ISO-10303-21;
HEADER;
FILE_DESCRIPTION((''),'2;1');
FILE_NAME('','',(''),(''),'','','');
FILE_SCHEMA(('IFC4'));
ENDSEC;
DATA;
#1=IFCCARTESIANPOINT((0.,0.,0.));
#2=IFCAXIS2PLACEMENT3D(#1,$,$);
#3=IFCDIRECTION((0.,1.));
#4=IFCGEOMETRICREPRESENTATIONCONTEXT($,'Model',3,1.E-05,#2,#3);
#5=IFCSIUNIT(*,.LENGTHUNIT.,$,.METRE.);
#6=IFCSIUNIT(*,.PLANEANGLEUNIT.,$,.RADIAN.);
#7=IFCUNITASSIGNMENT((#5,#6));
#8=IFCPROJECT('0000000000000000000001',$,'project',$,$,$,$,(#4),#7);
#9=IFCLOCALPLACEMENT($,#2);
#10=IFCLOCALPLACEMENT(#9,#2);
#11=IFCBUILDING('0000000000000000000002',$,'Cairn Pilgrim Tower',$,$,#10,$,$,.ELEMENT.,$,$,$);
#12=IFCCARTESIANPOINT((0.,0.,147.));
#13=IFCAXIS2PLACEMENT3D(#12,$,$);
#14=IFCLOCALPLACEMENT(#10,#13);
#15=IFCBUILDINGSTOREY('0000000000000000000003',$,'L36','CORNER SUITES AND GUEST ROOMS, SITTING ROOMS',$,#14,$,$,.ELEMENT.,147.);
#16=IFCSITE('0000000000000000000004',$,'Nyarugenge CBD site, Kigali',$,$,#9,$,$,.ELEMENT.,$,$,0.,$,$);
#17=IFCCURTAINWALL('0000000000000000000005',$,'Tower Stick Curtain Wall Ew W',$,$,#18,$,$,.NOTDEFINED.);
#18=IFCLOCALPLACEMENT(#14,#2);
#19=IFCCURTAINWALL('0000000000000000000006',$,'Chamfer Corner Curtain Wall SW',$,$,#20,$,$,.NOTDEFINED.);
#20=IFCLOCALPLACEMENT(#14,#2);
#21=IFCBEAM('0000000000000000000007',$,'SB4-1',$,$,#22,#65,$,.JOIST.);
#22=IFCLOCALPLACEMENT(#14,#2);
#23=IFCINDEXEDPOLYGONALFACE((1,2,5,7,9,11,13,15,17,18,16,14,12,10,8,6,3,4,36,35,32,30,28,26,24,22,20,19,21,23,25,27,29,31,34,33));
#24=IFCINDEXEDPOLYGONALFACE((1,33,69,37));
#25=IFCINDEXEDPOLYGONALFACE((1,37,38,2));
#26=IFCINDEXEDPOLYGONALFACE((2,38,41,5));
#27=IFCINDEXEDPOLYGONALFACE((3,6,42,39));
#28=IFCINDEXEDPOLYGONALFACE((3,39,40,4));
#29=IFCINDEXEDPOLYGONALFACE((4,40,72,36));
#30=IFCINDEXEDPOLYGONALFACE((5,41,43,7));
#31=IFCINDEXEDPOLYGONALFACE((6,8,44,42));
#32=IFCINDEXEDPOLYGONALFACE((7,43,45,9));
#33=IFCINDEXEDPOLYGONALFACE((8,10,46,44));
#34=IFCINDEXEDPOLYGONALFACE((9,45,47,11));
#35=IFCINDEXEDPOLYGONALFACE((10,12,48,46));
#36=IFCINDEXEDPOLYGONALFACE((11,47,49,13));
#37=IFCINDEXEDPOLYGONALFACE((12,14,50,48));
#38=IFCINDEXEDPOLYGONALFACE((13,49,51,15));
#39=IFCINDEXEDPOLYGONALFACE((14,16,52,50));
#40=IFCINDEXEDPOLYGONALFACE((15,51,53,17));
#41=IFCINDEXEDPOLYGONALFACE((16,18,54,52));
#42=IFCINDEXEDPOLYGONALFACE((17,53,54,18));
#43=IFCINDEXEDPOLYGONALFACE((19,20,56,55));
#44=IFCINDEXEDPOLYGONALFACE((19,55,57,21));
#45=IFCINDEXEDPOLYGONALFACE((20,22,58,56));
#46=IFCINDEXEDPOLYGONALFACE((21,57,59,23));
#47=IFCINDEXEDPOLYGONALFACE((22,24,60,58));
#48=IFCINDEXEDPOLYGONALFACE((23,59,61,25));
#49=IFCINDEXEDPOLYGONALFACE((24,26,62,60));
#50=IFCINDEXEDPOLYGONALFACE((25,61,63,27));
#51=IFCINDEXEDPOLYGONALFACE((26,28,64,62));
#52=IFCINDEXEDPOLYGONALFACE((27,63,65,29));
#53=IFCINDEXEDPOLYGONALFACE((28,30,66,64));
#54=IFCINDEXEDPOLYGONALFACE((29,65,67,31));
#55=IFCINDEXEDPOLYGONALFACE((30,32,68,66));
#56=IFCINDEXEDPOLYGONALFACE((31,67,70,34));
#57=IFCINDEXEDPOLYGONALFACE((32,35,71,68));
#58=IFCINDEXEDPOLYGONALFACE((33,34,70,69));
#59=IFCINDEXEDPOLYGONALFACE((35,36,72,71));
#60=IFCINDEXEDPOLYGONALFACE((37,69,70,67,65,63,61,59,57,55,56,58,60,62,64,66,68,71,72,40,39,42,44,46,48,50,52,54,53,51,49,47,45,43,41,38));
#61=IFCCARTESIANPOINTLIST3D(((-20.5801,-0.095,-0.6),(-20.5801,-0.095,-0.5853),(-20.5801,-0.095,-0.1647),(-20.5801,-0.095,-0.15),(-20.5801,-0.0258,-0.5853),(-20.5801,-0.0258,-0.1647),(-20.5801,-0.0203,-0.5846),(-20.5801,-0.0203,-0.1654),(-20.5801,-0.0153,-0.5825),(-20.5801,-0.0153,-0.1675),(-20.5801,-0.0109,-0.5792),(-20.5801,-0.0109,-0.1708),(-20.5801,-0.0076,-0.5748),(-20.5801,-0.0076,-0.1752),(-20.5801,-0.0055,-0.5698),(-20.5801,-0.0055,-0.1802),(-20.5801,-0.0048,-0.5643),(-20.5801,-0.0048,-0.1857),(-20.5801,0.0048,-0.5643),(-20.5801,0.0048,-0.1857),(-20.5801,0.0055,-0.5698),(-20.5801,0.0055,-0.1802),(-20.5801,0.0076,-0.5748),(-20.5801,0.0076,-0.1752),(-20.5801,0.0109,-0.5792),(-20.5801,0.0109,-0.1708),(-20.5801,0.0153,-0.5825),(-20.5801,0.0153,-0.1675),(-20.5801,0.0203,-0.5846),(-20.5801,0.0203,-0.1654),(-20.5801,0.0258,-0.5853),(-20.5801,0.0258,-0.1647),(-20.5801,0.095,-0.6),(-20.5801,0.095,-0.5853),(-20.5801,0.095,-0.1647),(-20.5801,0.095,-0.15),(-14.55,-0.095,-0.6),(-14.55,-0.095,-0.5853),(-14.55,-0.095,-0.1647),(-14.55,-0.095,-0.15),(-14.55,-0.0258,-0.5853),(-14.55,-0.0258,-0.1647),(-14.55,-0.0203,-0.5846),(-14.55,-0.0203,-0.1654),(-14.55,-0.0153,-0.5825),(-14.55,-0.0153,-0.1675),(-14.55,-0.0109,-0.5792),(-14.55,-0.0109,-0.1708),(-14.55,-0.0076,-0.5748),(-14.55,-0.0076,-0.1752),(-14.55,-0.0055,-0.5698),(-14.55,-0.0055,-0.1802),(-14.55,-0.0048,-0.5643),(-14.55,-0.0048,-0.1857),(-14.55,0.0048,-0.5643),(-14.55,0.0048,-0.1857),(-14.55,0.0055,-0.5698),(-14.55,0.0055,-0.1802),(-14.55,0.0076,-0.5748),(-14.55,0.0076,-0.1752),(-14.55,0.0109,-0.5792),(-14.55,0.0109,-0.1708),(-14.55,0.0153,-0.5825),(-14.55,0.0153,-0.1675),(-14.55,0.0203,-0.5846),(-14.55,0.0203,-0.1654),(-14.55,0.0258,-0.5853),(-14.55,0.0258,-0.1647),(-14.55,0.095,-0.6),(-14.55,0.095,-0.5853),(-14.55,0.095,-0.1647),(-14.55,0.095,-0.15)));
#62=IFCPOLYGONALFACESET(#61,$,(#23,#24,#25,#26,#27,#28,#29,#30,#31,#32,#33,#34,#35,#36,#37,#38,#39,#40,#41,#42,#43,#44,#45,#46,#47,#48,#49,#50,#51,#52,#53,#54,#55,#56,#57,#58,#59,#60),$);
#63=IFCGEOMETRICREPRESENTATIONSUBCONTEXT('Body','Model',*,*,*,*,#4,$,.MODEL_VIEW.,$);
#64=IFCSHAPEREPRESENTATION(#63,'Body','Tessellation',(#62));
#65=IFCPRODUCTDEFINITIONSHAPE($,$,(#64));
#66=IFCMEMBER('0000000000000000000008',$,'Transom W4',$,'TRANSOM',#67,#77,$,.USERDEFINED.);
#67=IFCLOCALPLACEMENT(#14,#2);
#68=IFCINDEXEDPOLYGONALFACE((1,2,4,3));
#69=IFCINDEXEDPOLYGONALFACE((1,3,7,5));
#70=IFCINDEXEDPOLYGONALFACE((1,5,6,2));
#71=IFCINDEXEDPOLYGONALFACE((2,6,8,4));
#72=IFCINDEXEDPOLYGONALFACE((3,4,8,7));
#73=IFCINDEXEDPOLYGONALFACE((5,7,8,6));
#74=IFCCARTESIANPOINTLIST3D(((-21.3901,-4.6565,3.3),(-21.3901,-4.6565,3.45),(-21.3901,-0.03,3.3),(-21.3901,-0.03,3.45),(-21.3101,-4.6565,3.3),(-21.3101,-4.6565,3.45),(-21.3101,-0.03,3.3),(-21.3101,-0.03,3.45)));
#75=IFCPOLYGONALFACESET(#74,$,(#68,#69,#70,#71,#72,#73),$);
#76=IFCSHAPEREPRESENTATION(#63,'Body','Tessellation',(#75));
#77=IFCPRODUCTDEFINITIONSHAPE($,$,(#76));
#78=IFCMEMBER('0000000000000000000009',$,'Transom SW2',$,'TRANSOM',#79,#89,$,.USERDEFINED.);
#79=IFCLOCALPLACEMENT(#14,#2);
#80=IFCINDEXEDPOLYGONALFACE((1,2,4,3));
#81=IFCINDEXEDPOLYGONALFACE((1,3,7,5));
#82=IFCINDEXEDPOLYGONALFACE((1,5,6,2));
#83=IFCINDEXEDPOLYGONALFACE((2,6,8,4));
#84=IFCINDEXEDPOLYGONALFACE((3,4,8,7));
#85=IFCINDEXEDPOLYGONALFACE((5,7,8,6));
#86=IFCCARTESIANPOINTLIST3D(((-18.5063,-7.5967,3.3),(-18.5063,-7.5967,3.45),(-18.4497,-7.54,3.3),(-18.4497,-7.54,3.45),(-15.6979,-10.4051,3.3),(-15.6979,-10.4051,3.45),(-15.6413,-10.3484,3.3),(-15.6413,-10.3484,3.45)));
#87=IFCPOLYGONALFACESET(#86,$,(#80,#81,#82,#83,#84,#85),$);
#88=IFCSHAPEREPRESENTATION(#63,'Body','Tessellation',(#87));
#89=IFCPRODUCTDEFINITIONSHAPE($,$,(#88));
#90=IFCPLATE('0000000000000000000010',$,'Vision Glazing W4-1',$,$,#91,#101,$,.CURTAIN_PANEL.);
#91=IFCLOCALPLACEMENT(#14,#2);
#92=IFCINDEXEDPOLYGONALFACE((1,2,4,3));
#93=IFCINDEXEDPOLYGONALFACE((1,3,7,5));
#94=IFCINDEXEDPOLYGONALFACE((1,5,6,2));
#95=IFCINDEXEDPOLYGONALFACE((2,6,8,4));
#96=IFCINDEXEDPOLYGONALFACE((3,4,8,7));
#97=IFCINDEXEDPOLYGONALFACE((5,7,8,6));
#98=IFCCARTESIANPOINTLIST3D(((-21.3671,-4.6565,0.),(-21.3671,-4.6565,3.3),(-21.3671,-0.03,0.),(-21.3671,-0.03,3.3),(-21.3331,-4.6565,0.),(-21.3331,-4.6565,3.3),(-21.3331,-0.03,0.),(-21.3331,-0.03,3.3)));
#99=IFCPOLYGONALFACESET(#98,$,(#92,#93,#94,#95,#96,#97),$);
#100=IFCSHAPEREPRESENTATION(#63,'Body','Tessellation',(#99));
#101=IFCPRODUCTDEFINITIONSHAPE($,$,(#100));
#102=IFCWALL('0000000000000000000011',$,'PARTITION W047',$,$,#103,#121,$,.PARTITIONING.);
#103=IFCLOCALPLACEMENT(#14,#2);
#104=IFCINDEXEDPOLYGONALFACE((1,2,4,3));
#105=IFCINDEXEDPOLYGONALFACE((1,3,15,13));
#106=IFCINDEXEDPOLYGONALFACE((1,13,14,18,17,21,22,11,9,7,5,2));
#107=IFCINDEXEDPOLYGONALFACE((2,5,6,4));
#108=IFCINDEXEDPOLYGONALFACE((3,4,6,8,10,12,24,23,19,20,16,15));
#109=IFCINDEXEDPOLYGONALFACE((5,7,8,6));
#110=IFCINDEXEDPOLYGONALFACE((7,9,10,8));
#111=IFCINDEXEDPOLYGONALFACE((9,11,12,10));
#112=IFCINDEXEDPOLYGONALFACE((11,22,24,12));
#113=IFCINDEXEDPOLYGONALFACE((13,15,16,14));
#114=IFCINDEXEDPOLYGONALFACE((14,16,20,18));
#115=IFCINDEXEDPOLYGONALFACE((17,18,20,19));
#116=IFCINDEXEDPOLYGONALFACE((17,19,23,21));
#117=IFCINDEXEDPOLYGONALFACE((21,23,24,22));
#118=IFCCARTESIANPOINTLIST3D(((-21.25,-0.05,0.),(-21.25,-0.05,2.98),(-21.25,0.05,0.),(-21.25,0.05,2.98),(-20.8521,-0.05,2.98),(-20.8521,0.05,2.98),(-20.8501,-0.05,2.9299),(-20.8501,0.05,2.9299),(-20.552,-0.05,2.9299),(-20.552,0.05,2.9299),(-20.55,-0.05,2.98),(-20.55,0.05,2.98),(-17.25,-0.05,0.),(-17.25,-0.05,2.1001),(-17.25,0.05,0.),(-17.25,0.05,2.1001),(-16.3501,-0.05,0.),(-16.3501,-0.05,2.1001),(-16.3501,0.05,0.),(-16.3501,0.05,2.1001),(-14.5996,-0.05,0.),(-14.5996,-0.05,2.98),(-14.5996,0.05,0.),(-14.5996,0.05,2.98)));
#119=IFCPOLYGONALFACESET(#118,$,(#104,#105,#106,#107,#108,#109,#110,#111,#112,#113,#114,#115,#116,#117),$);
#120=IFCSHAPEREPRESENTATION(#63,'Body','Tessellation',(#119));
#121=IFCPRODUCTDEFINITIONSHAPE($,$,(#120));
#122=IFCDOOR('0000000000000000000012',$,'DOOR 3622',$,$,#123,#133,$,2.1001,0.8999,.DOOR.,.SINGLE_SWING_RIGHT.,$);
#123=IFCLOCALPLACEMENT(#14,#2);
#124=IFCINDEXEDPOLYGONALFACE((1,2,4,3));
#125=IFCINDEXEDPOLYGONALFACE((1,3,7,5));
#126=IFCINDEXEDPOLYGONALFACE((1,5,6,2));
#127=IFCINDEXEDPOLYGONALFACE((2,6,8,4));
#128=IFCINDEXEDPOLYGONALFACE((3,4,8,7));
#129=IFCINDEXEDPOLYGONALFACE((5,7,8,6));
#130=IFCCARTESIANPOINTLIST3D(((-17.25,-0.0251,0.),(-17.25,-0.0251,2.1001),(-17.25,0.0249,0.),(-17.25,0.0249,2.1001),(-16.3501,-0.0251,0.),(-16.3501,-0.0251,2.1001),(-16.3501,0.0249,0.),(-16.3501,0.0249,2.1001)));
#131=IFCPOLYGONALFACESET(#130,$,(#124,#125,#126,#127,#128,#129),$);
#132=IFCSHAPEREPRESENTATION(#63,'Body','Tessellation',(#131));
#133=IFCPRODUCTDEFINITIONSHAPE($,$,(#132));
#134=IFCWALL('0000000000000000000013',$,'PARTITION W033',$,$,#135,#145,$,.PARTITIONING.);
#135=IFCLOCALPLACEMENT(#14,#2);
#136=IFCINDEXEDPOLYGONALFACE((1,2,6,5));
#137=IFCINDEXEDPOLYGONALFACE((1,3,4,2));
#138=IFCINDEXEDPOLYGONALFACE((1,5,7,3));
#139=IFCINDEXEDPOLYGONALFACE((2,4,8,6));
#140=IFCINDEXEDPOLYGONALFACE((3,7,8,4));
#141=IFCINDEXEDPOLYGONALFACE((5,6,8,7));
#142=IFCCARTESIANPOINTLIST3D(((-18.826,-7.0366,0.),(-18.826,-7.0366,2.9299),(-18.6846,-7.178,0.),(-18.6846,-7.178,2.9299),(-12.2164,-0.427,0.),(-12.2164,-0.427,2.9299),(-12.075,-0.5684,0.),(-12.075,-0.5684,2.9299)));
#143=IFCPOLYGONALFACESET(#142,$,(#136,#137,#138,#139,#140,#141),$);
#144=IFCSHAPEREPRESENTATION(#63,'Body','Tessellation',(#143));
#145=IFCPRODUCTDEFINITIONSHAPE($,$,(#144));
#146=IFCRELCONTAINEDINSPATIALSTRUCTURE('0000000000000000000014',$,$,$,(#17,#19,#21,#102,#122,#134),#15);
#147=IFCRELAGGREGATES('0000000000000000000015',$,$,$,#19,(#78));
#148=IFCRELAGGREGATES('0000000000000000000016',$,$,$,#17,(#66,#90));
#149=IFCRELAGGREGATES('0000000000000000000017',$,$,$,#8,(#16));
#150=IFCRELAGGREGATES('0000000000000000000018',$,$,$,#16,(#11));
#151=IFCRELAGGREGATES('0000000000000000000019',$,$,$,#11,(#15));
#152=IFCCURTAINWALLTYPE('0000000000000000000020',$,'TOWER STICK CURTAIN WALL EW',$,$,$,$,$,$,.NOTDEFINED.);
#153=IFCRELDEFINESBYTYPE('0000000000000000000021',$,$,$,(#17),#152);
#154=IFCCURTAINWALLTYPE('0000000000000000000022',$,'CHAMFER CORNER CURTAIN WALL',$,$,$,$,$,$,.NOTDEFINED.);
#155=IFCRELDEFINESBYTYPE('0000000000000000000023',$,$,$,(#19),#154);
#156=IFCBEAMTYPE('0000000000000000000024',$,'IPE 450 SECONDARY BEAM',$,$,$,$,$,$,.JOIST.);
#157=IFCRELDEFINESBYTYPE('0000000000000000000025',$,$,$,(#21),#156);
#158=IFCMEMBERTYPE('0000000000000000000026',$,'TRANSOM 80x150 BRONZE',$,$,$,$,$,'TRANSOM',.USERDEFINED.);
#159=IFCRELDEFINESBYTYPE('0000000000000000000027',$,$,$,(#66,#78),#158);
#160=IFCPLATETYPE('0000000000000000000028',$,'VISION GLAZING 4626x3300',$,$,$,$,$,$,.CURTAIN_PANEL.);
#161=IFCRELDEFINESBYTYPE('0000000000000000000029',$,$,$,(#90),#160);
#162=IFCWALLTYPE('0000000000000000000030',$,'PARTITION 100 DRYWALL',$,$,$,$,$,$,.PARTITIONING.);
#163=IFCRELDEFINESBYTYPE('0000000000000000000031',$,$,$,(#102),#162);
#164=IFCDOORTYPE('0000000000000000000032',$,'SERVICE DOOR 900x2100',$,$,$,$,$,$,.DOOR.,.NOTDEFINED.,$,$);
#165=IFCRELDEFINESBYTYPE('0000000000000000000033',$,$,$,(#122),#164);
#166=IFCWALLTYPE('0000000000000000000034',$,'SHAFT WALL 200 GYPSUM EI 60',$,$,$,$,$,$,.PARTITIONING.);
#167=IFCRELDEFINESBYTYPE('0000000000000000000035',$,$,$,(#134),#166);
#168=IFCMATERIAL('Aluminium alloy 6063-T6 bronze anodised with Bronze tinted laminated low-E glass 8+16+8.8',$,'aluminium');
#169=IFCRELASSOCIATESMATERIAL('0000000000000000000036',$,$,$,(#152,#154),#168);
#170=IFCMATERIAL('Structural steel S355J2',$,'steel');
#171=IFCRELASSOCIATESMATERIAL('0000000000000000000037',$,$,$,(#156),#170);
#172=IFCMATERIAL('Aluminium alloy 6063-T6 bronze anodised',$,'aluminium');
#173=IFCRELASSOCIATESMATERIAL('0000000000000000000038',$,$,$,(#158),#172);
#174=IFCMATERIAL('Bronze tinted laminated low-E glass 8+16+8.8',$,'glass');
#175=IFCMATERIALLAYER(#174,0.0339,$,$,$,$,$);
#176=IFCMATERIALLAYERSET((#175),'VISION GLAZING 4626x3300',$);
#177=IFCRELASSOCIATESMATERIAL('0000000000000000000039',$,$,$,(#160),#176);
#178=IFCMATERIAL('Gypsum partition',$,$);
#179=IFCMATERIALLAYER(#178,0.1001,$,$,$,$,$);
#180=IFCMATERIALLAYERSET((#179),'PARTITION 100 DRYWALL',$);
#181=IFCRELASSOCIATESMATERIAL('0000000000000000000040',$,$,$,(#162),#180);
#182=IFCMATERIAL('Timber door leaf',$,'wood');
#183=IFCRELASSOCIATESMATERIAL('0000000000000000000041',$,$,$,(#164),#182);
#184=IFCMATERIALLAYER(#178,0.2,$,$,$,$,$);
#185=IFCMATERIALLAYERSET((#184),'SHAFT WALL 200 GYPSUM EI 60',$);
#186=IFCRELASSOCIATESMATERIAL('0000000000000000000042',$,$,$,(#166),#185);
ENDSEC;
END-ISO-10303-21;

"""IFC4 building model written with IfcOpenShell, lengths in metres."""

from ifc_helpers import new_model, si_unit, direction, frame, frame_2d, origin, origin_2d, place, context, subcontext, project, spatial, polyline, rectangle, i_section, outline, extrude, material, layer, layer_set, material_profile, profile_set, type_object, element, fill, aggregate, save


model = new_model("IFC4")

# Units and contexts
model_context = context("Model", 3, precision=1e-05, world=origin(), true_north=direction((0.0, 1.0)))
body_context = subcontext(model_context, "Body", "Model", "MODEL_VIEW")
ifc_project = project(units=[si_unit("LENGTHUNIT", "METRE"), si_unit("PLANEANGLEUNIT", "RADIAN")], contexts=[model_context])

# Site, building, storey
site_placement = place(None, origin())
site = spatial("IfcSite", under=ifc_project, at=site_placement, Name="Nyarugenge CBD site, Kigali", CompositionType="ELEMENT", RefElevation=0.0)
building_placement = place(site_placement, origin())
building = spatial("IfcBuilding", under=site, at=building_placement, Name="Cairn Pilgrim Tower", CompositionType="ELEMENT")
storey_placement = place(building_placement, frame((0.0, 0.0, 147.0)))
storey = spatial("IfcBuildingStorey", under=building, at=storey_placement, Name="L36", Description="CORNER SUITES AND GUEST ROOMS, SITTING ROOMS", CompositionType="ELEMENT", Elevation=147.0)

# Curtain wall
ifc_material_1 = material(Name="Aluminium alloy 6063-T6 bronze anodised with Bronze tinted laminated low-E glass 8+16+8.8", Category="aluminium")
curtain_wall_type_1 = type_object("IfcCurtainWallType", Name="TOWER STICK CURTAIN WALL EW", PredefinedType="NOTDEFINED", material=ifc_material_1)
curtain_wall_1_placement = place(storey_placement, origin())
curtain_wall_1 = element("IfcCurtainWall", 1, at=curtain_wall_1_placement, inside=storey, type_object=curtain_wall_type_1, Name="Tower Stick Curtain Wall Ew W", PredefinedType="NOTDEFINED")
ifc_material_2 = material(Name="Aluminium alloy 6063-T6 bronze anodised", Category="aluminium")

# Curtain wall
curtain_wall_type_2 = type_object("IfcCurtainWallType", Name="CHAMFER CORNER CURTAIN WALL", PredefinedType="NOTDEFINED", material=ifc_material_1)
curtain_wall_2_placement = place(storey_placement, origin())
curtain_wall_2 = element("IfcCurtainWall", 2, at=curtain_wall_2_placement, inside=storey, type_object=curtain_wall_type_2, Name="Chamfer Corner Curtain Wall SW", PredefinedType="NOTDEFINED")

# Beam
ifc_material_3 = material(Name="Structural steel S355J2", Category="steel")
ifc_material_profile_1 = material_profile(ifc_material_3, i_section(OverallWidth=0.1899, OverallDepth=0.45, WebThickness=0.0095, FlangeThickness=0.0146, FilletRadius=0.021, at=origin_2d()), Name="IPE 450")
ifc_profile_set_1 = profile_set([ifc_material_profile_1], Name="Structural steel S355J2")
beam_type_1 = type_object("IfcBeamType", Name="IPE 450 SECONDARY BEAM", PredefinedType="JOIST", material=ifc_profile_set_1)
beam_1_placement = place(storey_placement, frame((-20.5801, 0.0, -0.375), z_axis=(1.0, 0.0, 0.0), x_axis=(0.0, 1.0, 0.0)))
element("IfcBeam", 3, at=beam_1_placement, inside=storey, type_object=beam_type_1, Name="SB4-1", PredefinedType="JOIST", context=body_context, shape_type="SweptSolid", body=[
    extrude(i_section(OverallWidth=0.1899, OverallDepth=0.45, WebThickness=0.0095, FlangeThickness=0.0146, FilletRadius=0.021, at=origin_2d()), origin(), (0.0, 0.0, 1.0), 6.03),
])

# Members
ifc_material_profile_2 = material_profile(ifc_material_2, rectangle(XDim=0.0801, YDim=0.1499, at=origin_2d()), Name="TRANSOM 80x150 BRONZE")
ifc_profile_set_2 = profile_set([ifc_material_profile_2], Name="Aluminium alloy 6063-T6 bronze anodised")
member_type_1 = type_object("IfcMemberType", Name="TRANSOM 80x150 BRONZE", ElementType="TRANSOM", PredefinedType="USERDEFINED", material=ifc_profile_set_2)
member_1_placement = place(storey_placement, frame((-21.3501, -0.03, 3.375), z_axis=(0.0, -1.0, 0.0), x_axis=(1.0, 0.0, 0.0)))
member_1 = element("IfcMember", 4, at=member_1_placement, type_object=member_type_1, Name="Transom W4", ObjectType="TRANSOM", PredefinedType="USERDEFINED", context=body_context, shape_type="SweptSolid", body=[
    extrude(rectangle(XDim=0.0801, YDim=0.1499, at=origin_2d()), origin(), (0.0, 0.0, 1.0), 4.6265),
])
member_2_placement = place(storey_placement, frame((-18.478, -7.5684, 3.375), z_axis=(0.707107, -0.707107, 0.0), x_axis=(0.707107, 0.707107, 0.0)))
member_2 = element("IfcMember", 5, at=member_2_placement, type_object=member_type_1, Name="Transom SW2", ObjectType="TRANSOM", PredefinedType="USERDEFINED", context=body_context, shape_type="SweptSolid", body=[
    extrude(rectangle(XDim=0.0801, YDim=0.1499, at=origin_2d()), origin(), (0.0, 0.0, 1.0), 3.9717),
])
aggregate(curtain_wall_2, [member_2])

# Plate
ifc_material_4 = material(Name="Bronze tinted laminated low-E glass 8+16+8.8", Category="glass")
ifc_layer_1 = layer(ifc_material_4, 0.0339)
ifc_layer_set_1 = layer_set([ifc_layer_1], Name="VISION GLAZING 4626x3300")
plate_type = type_object("IfcPlateType", Name="VISION GLAZING 4626x3300", PredefinedType="CURTAIN_PANEL", material=ifc_layer_set_1)
plate_placement = place(storey_placement, frame((-21.3501, -2.3433, 0.0), z_axis=(0.0, 0.0, 1.0), x_axis=(0.0, -1.0, 0.0)))
plate = element("IfcPlate", 6, at=plate_placement, type_object=plate_type, Name="Vision Glazing W4-1", PredefinedType="CURTAIN_PANEL", context=body_context, shape_type="SweptSolid", body=[
    extrude(rectangle(XDim=4.6265, YDim=0.0339, at=origin_2d()), origin(), (0.0, 0.0, 1.0), 3.3),
])
aggregate(curtain_wall_1, [member_1, plate])

# Wall, opening, door
ifc_material_5 = material(Name="Gypsum partition")
ifc_layer_2 = layer(ifc_material_5, 0.1001)
ifc_layer_set_2 = layer_set([ifc_layer_2], Name="PARTITION 100 DRYWALL")
wall_type_1 = type_object("IfcWallType", Name="PARTITION 100 DRYWALL", PredefinedType="PARTITIONING", material=ifc_layer_set_2)
wall_1_placement = place(storey_placement, frame((-21.25, 0.0, 0.0), z_axis=(0.0, 0.0, 1.0), x_axis=(1.0, 0.0, 0.0)))
wall_1 = element("IfcWall", 7, at=wall_1_placement, inside=storey, type_object=wall_type_1, Name="PARTITION W047", PredefinedType="PARTITIONING", context=body_context, shape_type="SweptSolid", body=[
    extrude(outline(polyline([(0.0, 0.0), (6.6504, 0.0), (6.6504, 2.98), (0.7, 2.98), (0.698, 2.9299), (0.3999, 2.9299), (0.3979, 2.98), (0.0, 2.98), (0.0, 0.0)])), frame((0.0, 0.05, 0.0), z_axis=(0.0, -1.0, 0.0), x_axis=(1.0, 0.0, 0.0)), (0.0, 0.0, 1.0), 0.1001),
])
opening_1_placement = place(wall_1_placement, frame((4.0, 0.0, 0.0)))
opening_1 = element("IfcOpeningElement", 8, at=opening_1_placement, cuts=wall_1, PredefinedType="OPENING", context=body_context, shape_type="SweptSolid", body=[
    extrude(rectangle(XDim=0.8999, YDim=2.1001, at=frame_2d((0.45, 1.05))), frame((0.0, 0.0601, 0.0), z_axis=(0.0, -1.0, 0.0), x_axis=(1.0, 0.0, 0.0)), (0.0, 0.0, 1.0), 0.1201),
])
ifc_material_6 = material(Name="Timber door leaf", Category="wood")
door_type_1 = type_object("IfcDoorType", Name="SERVICE DOOR 900x2100", OperationType="NOTDEFINED", PredefinedType="DOOR", material=ifc_material_6)
door_1_placement = place(opening_1_placement, origin())
door_1 = element("IfcDoor", 9, at=door_1_placement, inside=storey, type_object=door_type_1, Name="DOOR 3622", OperationType="SINGLE_SWING_RIGHT", OverallHeight=2.1001, OverallWidth=0.8999, PredefinedType="DOOR", context=body_context, shape_type="SweptSolid", body=[
    extrude(rectangle(XDim=0.8999, YDim=2.1001, at=frame_2d((0.45, 1.05))), frame((0.0, 0.0249, 0.0), z_axis=(0.0, -1.0, 0.0), x_axis=(1.0, 0.0, 0.0)), (0.0, 0.0, 1.0), 0.05),
])
fill(opening_1, door_1)

# Wall
ifc_layer_3 = layer(ifc_material_5, 0.2)
ifc_layer_set_3 = layer_set([ifc_layer_3], Name="SHAFT WALL 200 GYPSUM EI 60")
wall_type_2 = type_object("IfcWallType", Name="SHAFT WALL 200 GYPSUM EI 60", PredefinedType="PARTITIONING", material=ifc_layer_set_3)
wall_2_placement = place(storey_placement, frame((-18.7554, -7.1074, 0.0), z_axis=(0.0, 0.0, 1.0), x_axis=(0.707107, 0.707107, 0.0)))
element("IfcWall", 10, at=wall_2_placement, inside=storey, type_object=wall_type_2, Name="PARTITION W033", PredefinedType="PARTITIONING", context=body_context, shape_type="SweptSolid", body=[
    extrude(rectangle(XDim=9.3474, YDim=0.2, at=frame_2d((4.6738, 0.0))), origin(), (0.0, 0.0, 1.0), 2.9299),
])

save(model, "model.ifc")
